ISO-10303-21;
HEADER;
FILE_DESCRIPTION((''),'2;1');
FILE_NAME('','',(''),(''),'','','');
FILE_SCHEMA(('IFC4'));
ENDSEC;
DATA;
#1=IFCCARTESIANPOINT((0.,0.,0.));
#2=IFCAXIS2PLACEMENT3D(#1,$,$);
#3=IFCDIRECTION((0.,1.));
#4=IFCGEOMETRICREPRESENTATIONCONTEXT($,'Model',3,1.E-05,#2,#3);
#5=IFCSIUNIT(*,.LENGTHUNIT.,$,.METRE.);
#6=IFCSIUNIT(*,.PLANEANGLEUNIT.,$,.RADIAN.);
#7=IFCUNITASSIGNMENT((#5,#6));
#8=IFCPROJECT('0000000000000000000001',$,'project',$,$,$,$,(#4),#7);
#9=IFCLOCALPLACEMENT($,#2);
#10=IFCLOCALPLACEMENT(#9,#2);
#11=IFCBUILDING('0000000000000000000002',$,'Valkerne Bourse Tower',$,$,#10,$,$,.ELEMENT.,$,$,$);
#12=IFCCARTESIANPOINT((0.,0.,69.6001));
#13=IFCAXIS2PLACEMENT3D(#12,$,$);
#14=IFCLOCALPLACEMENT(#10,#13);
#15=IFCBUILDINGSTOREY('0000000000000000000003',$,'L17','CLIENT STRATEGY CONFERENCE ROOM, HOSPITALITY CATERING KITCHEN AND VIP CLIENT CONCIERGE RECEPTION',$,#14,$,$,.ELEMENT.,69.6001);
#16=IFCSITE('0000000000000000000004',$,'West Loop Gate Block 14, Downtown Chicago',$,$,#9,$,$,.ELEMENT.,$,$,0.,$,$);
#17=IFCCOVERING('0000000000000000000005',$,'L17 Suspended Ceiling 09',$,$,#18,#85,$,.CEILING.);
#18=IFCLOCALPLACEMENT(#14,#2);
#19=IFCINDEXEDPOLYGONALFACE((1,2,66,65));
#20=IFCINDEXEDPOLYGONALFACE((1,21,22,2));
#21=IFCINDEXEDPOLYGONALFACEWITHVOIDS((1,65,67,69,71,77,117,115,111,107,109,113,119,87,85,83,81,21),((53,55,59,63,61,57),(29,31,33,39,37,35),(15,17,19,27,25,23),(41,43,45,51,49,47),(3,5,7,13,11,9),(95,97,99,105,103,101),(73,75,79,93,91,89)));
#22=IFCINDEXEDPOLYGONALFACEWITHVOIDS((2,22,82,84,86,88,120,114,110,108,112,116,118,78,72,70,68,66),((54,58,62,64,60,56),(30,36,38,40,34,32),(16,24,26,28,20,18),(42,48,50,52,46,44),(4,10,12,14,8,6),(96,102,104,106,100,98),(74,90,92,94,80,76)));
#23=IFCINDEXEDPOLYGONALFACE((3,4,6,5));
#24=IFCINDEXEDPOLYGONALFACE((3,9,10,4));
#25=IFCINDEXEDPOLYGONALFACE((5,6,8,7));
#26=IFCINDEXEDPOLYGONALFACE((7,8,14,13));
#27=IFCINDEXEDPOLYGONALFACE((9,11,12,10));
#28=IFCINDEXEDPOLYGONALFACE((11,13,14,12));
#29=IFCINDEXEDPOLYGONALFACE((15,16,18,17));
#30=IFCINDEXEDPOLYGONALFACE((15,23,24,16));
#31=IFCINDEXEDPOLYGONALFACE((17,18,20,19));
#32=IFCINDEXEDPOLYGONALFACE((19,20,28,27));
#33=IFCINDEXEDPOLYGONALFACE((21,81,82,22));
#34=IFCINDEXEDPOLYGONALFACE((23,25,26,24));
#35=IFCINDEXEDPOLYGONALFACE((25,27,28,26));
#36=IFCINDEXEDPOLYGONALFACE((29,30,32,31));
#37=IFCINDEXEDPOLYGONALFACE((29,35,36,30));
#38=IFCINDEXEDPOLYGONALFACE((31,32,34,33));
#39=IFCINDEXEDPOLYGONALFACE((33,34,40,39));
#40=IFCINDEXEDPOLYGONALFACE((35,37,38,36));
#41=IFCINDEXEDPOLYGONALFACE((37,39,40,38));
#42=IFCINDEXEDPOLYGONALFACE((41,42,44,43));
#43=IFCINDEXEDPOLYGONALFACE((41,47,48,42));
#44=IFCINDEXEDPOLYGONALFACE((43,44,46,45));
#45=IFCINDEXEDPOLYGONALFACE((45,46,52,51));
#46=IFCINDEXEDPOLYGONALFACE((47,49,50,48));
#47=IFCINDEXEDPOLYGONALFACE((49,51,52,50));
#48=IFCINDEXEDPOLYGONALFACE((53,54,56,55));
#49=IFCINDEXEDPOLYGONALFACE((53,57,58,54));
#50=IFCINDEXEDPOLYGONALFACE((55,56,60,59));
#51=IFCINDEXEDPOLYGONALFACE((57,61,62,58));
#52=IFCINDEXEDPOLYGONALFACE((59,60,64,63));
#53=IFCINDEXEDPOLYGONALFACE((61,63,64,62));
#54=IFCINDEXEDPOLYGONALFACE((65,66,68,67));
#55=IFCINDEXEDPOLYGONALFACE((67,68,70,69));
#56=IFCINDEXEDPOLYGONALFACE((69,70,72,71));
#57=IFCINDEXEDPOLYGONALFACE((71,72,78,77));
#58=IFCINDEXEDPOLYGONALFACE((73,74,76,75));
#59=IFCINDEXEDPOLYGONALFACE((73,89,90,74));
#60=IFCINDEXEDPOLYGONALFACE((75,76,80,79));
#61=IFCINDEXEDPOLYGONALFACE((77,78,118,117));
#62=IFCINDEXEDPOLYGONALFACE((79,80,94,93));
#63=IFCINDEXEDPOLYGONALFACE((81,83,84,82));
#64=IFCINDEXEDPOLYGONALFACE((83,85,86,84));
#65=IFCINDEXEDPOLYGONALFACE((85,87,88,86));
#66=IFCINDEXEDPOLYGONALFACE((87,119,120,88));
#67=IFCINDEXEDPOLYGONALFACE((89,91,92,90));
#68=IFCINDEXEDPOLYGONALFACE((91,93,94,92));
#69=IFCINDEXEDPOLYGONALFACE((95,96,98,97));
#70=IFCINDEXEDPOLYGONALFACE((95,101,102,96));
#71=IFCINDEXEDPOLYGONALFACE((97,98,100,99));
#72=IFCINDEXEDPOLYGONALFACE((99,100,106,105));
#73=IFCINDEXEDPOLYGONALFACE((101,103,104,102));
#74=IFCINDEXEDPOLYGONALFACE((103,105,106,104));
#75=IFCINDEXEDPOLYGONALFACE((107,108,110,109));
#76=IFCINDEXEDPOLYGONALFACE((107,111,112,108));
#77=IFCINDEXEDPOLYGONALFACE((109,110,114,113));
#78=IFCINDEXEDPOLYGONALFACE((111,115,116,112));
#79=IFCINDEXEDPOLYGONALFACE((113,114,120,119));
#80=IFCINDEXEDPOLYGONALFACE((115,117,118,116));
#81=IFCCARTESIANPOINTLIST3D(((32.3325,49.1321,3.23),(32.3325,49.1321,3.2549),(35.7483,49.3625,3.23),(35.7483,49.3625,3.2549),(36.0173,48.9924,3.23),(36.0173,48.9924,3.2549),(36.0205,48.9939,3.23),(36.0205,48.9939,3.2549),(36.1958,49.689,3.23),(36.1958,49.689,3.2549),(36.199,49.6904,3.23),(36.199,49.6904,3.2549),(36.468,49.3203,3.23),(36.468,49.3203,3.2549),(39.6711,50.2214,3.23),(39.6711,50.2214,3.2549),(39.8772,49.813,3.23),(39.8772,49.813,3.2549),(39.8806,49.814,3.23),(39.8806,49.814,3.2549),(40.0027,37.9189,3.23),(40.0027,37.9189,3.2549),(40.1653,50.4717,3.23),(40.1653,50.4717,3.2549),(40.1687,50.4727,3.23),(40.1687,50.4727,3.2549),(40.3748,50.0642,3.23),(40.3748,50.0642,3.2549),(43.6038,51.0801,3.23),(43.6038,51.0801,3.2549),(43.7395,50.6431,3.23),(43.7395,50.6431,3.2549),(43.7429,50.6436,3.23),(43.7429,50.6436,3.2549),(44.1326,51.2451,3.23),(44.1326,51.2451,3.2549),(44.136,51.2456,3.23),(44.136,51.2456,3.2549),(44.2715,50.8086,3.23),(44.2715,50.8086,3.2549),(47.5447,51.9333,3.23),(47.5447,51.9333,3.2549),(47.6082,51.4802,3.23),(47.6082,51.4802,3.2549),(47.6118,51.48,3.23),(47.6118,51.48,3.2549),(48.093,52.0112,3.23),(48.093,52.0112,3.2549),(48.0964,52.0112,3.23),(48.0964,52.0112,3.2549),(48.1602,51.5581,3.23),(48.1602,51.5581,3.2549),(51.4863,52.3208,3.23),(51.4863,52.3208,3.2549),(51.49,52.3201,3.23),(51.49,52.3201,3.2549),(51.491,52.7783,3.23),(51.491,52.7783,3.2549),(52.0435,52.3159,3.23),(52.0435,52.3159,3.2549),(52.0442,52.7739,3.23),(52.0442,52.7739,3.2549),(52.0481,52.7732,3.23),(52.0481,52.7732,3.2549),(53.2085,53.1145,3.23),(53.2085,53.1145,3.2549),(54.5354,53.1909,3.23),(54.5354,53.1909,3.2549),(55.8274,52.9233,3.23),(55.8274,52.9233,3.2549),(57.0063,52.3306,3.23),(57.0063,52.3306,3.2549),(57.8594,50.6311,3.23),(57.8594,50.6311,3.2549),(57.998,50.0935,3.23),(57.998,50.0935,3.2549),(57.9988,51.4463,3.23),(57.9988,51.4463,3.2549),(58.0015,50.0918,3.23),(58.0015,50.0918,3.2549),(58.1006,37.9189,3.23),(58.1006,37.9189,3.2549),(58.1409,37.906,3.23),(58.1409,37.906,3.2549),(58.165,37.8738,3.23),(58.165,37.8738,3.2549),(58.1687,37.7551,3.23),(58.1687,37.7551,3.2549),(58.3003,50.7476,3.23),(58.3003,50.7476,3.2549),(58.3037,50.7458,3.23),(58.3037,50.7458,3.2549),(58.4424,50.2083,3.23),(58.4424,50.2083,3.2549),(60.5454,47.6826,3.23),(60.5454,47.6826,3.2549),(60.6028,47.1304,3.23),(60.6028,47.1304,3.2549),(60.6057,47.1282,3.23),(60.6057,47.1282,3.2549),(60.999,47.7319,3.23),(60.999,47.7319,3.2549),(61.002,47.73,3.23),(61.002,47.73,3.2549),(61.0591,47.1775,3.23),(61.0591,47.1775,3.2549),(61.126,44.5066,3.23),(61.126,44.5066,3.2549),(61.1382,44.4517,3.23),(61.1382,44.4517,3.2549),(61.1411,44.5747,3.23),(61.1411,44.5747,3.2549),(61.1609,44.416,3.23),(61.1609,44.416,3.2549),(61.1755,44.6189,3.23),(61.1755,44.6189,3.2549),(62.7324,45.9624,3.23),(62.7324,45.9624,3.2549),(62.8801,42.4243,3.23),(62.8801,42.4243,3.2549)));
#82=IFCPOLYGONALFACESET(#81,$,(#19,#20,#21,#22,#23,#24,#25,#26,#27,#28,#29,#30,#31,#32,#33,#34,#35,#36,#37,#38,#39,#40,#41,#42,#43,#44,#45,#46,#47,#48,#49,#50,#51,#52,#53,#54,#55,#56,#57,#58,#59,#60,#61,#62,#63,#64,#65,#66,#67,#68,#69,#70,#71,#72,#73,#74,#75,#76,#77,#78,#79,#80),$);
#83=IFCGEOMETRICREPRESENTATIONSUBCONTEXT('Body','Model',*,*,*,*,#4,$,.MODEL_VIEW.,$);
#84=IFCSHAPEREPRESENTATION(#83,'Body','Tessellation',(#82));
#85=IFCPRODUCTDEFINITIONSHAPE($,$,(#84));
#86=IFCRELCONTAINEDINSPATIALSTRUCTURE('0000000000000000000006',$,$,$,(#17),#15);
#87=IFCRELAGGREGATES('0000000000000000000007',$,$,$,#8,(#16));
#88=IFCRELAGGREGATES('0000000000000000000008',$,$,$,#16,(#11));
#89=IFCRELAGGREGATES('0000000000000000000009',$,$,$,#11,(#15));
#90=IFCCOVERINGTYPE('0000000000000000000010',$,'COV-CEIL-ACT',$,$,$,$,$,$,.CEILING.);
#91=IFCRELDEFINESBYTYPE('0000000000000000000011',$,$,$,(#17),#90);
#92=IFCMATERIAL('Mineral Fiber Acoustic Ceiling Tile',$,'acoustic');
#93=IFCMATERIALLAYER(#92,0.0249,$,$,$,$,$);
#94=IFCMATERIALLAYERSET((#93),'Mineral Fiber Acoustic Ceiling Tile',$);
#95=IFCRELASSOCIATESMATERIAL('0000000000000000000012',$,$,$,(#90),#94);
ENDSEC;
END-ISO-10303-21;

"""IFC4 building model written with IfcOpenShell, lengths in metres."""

from ifc_helpers import new_model, si_unit, direction, frame, origin, place, context, subcontext, project, spatial, polyline, outline, extrude, material, layer, layer_set, type_object, element, save


model = new_model("IFC4")

# Units and contexts
model_context = context("Model", 3, precision=1e-05, world=origin(), true_north=direction((0.0, 1.0)))
body_context = subcontext(model_context, "Body", "Model", "MODEL_VIEW")
ifc_project = project(units=[si_unit("LENGTHUNIT", "METRE"), si_unit("PLANEANGLEUNIT", "RADIAN")], contexts=[model_context])

# Site, building, storey
site_placement = place(None, origin())
site = spatial("IfcSite", under=ifc_project, at=site_placement, Name="West Loop Gate Block 14, Downtown Chicago", CompositionType="ELEMENT", RefElevation=0.0)
building_placement = place(site_placement, origin())
building = spatial("IfcBuilding", under=site, at=building_placement, Name="Valkerne Bourse Tower", CompositionType="ELEMENT")
storey_placement = place(building_placement, frame((0.0, 0.0, 69.6001)))
storey = spatial("IfcBuildingStorey", under=building, at=storey_placement, Name="L17", Description="CLIENT STRATEGY CONFERENCE ROOM, HOSPITALITY CATERING KITCHEN AND VIP CLIENT CONCIERGE RECEPTION", CompositionType="ELEMENT", Elevation=69.6001)

# Covering
ifc_material_1 = material(Name="Mineral Fiber Acoustic Ceiling Tile", Category="acoustic")
ifc_layer_1 = layer(ifc_material_1, 0.0249)
ifc_layer_set_1 = layer_set([ifc_layer_1], Name="Mineral Fiber Acoustic Ceiling Tile")
covering_type_1 = type_object("IfcCoveringType", Name="COV-CEIL-ACT", PredefinedType="CEILING", material=ifc_layer_set_1)
covering_1_placement = place(storey_placement, frame((0.0, 0.0, 3.23)))
element("IfcCovering", 1, at=covering_1_placement, inside=storey, type_object=covering_type_1, Name="L17 Suspended Ceiling 09", PredefinedType="CEILING", context=body_context, shape_type="SweptSolid", body=[
    extrude(outline(polyline([(55.8274, 52.9233), (57.0063, 52.3306), (57.9988, 51.4463), (62.7324, 45.9624), (61.1755, 44.6189), (61.1411, 44.5747), (61.126, 44.5066), (61.1382, 44.4517), (61.1609, 44.416), (62.8801, 42.4243), (58.1687, 37.7551), (58.165, 37.8738), (58.1409, 37.906), (58.1006, 37.9189), (40.0027, 37.9189), (32.3325, 49.1321), (53.2085, 53.1145), (54.5354, 53.1909), (55.8274, 52.9233)]), holes=[polyline([(36.0205, 48.9939), (36.468, 49.3203), (36.199, 49.6904), (36.1958, 49.689), (35.7483, 49.3625), (36.0173, 48.9924), (36.0205, 48.9939)]), polyline([(39.8806, 49.814), (40.3748, 50.0642), (40.1687, 50.4727), (40.1653, 50.4717), (39.6711, 50.2214), (39.8772, 49.813), (39.8806, 49.814)]), polyline([(44.2715, 50.8086), (44.136, 51.2456), (44.1326, 51.2451), (43.6038, 51.0801), (43.7395, 50.6431), (43.7429, 50.6436), (44.2715, 50.8086)]), polyline([(48.1602, 51.5581), (48.0964, 52.0112), (48.093, 52.0112), (47.5447, 51.9333), (47.6082, 51.4802), (47.6118, 51.48), (48.1602, 51.5581)]), polyline([(52.0481, 52.7732), (52.0442, 52.7739), (51.491, 52.7783), (51.4863, 52.3208), (51.49, 52.3201), (52.0435, 52.3159), (52.0481, 52.7732)]), polyline([(61.002, 47.73), (60.999, 47.7319), (60.5454, 47.6826), (60.6028, 47.1304), (60.6057, 47.1282), (61.0591, 47.1775), (61.002, 47.73)]), polyline([(58.4424, 50.2083), (58.3037, 50.7458), (58.3003, 50.7476), (57.8594, 50.6311), (57.998, 50.0935), (58.0015, 50.0918), (58.4424, 50.2083)])]), origin(), (0.0, 0.0, 1.0), 0.0249),
])

save(model, "model.ifc")
